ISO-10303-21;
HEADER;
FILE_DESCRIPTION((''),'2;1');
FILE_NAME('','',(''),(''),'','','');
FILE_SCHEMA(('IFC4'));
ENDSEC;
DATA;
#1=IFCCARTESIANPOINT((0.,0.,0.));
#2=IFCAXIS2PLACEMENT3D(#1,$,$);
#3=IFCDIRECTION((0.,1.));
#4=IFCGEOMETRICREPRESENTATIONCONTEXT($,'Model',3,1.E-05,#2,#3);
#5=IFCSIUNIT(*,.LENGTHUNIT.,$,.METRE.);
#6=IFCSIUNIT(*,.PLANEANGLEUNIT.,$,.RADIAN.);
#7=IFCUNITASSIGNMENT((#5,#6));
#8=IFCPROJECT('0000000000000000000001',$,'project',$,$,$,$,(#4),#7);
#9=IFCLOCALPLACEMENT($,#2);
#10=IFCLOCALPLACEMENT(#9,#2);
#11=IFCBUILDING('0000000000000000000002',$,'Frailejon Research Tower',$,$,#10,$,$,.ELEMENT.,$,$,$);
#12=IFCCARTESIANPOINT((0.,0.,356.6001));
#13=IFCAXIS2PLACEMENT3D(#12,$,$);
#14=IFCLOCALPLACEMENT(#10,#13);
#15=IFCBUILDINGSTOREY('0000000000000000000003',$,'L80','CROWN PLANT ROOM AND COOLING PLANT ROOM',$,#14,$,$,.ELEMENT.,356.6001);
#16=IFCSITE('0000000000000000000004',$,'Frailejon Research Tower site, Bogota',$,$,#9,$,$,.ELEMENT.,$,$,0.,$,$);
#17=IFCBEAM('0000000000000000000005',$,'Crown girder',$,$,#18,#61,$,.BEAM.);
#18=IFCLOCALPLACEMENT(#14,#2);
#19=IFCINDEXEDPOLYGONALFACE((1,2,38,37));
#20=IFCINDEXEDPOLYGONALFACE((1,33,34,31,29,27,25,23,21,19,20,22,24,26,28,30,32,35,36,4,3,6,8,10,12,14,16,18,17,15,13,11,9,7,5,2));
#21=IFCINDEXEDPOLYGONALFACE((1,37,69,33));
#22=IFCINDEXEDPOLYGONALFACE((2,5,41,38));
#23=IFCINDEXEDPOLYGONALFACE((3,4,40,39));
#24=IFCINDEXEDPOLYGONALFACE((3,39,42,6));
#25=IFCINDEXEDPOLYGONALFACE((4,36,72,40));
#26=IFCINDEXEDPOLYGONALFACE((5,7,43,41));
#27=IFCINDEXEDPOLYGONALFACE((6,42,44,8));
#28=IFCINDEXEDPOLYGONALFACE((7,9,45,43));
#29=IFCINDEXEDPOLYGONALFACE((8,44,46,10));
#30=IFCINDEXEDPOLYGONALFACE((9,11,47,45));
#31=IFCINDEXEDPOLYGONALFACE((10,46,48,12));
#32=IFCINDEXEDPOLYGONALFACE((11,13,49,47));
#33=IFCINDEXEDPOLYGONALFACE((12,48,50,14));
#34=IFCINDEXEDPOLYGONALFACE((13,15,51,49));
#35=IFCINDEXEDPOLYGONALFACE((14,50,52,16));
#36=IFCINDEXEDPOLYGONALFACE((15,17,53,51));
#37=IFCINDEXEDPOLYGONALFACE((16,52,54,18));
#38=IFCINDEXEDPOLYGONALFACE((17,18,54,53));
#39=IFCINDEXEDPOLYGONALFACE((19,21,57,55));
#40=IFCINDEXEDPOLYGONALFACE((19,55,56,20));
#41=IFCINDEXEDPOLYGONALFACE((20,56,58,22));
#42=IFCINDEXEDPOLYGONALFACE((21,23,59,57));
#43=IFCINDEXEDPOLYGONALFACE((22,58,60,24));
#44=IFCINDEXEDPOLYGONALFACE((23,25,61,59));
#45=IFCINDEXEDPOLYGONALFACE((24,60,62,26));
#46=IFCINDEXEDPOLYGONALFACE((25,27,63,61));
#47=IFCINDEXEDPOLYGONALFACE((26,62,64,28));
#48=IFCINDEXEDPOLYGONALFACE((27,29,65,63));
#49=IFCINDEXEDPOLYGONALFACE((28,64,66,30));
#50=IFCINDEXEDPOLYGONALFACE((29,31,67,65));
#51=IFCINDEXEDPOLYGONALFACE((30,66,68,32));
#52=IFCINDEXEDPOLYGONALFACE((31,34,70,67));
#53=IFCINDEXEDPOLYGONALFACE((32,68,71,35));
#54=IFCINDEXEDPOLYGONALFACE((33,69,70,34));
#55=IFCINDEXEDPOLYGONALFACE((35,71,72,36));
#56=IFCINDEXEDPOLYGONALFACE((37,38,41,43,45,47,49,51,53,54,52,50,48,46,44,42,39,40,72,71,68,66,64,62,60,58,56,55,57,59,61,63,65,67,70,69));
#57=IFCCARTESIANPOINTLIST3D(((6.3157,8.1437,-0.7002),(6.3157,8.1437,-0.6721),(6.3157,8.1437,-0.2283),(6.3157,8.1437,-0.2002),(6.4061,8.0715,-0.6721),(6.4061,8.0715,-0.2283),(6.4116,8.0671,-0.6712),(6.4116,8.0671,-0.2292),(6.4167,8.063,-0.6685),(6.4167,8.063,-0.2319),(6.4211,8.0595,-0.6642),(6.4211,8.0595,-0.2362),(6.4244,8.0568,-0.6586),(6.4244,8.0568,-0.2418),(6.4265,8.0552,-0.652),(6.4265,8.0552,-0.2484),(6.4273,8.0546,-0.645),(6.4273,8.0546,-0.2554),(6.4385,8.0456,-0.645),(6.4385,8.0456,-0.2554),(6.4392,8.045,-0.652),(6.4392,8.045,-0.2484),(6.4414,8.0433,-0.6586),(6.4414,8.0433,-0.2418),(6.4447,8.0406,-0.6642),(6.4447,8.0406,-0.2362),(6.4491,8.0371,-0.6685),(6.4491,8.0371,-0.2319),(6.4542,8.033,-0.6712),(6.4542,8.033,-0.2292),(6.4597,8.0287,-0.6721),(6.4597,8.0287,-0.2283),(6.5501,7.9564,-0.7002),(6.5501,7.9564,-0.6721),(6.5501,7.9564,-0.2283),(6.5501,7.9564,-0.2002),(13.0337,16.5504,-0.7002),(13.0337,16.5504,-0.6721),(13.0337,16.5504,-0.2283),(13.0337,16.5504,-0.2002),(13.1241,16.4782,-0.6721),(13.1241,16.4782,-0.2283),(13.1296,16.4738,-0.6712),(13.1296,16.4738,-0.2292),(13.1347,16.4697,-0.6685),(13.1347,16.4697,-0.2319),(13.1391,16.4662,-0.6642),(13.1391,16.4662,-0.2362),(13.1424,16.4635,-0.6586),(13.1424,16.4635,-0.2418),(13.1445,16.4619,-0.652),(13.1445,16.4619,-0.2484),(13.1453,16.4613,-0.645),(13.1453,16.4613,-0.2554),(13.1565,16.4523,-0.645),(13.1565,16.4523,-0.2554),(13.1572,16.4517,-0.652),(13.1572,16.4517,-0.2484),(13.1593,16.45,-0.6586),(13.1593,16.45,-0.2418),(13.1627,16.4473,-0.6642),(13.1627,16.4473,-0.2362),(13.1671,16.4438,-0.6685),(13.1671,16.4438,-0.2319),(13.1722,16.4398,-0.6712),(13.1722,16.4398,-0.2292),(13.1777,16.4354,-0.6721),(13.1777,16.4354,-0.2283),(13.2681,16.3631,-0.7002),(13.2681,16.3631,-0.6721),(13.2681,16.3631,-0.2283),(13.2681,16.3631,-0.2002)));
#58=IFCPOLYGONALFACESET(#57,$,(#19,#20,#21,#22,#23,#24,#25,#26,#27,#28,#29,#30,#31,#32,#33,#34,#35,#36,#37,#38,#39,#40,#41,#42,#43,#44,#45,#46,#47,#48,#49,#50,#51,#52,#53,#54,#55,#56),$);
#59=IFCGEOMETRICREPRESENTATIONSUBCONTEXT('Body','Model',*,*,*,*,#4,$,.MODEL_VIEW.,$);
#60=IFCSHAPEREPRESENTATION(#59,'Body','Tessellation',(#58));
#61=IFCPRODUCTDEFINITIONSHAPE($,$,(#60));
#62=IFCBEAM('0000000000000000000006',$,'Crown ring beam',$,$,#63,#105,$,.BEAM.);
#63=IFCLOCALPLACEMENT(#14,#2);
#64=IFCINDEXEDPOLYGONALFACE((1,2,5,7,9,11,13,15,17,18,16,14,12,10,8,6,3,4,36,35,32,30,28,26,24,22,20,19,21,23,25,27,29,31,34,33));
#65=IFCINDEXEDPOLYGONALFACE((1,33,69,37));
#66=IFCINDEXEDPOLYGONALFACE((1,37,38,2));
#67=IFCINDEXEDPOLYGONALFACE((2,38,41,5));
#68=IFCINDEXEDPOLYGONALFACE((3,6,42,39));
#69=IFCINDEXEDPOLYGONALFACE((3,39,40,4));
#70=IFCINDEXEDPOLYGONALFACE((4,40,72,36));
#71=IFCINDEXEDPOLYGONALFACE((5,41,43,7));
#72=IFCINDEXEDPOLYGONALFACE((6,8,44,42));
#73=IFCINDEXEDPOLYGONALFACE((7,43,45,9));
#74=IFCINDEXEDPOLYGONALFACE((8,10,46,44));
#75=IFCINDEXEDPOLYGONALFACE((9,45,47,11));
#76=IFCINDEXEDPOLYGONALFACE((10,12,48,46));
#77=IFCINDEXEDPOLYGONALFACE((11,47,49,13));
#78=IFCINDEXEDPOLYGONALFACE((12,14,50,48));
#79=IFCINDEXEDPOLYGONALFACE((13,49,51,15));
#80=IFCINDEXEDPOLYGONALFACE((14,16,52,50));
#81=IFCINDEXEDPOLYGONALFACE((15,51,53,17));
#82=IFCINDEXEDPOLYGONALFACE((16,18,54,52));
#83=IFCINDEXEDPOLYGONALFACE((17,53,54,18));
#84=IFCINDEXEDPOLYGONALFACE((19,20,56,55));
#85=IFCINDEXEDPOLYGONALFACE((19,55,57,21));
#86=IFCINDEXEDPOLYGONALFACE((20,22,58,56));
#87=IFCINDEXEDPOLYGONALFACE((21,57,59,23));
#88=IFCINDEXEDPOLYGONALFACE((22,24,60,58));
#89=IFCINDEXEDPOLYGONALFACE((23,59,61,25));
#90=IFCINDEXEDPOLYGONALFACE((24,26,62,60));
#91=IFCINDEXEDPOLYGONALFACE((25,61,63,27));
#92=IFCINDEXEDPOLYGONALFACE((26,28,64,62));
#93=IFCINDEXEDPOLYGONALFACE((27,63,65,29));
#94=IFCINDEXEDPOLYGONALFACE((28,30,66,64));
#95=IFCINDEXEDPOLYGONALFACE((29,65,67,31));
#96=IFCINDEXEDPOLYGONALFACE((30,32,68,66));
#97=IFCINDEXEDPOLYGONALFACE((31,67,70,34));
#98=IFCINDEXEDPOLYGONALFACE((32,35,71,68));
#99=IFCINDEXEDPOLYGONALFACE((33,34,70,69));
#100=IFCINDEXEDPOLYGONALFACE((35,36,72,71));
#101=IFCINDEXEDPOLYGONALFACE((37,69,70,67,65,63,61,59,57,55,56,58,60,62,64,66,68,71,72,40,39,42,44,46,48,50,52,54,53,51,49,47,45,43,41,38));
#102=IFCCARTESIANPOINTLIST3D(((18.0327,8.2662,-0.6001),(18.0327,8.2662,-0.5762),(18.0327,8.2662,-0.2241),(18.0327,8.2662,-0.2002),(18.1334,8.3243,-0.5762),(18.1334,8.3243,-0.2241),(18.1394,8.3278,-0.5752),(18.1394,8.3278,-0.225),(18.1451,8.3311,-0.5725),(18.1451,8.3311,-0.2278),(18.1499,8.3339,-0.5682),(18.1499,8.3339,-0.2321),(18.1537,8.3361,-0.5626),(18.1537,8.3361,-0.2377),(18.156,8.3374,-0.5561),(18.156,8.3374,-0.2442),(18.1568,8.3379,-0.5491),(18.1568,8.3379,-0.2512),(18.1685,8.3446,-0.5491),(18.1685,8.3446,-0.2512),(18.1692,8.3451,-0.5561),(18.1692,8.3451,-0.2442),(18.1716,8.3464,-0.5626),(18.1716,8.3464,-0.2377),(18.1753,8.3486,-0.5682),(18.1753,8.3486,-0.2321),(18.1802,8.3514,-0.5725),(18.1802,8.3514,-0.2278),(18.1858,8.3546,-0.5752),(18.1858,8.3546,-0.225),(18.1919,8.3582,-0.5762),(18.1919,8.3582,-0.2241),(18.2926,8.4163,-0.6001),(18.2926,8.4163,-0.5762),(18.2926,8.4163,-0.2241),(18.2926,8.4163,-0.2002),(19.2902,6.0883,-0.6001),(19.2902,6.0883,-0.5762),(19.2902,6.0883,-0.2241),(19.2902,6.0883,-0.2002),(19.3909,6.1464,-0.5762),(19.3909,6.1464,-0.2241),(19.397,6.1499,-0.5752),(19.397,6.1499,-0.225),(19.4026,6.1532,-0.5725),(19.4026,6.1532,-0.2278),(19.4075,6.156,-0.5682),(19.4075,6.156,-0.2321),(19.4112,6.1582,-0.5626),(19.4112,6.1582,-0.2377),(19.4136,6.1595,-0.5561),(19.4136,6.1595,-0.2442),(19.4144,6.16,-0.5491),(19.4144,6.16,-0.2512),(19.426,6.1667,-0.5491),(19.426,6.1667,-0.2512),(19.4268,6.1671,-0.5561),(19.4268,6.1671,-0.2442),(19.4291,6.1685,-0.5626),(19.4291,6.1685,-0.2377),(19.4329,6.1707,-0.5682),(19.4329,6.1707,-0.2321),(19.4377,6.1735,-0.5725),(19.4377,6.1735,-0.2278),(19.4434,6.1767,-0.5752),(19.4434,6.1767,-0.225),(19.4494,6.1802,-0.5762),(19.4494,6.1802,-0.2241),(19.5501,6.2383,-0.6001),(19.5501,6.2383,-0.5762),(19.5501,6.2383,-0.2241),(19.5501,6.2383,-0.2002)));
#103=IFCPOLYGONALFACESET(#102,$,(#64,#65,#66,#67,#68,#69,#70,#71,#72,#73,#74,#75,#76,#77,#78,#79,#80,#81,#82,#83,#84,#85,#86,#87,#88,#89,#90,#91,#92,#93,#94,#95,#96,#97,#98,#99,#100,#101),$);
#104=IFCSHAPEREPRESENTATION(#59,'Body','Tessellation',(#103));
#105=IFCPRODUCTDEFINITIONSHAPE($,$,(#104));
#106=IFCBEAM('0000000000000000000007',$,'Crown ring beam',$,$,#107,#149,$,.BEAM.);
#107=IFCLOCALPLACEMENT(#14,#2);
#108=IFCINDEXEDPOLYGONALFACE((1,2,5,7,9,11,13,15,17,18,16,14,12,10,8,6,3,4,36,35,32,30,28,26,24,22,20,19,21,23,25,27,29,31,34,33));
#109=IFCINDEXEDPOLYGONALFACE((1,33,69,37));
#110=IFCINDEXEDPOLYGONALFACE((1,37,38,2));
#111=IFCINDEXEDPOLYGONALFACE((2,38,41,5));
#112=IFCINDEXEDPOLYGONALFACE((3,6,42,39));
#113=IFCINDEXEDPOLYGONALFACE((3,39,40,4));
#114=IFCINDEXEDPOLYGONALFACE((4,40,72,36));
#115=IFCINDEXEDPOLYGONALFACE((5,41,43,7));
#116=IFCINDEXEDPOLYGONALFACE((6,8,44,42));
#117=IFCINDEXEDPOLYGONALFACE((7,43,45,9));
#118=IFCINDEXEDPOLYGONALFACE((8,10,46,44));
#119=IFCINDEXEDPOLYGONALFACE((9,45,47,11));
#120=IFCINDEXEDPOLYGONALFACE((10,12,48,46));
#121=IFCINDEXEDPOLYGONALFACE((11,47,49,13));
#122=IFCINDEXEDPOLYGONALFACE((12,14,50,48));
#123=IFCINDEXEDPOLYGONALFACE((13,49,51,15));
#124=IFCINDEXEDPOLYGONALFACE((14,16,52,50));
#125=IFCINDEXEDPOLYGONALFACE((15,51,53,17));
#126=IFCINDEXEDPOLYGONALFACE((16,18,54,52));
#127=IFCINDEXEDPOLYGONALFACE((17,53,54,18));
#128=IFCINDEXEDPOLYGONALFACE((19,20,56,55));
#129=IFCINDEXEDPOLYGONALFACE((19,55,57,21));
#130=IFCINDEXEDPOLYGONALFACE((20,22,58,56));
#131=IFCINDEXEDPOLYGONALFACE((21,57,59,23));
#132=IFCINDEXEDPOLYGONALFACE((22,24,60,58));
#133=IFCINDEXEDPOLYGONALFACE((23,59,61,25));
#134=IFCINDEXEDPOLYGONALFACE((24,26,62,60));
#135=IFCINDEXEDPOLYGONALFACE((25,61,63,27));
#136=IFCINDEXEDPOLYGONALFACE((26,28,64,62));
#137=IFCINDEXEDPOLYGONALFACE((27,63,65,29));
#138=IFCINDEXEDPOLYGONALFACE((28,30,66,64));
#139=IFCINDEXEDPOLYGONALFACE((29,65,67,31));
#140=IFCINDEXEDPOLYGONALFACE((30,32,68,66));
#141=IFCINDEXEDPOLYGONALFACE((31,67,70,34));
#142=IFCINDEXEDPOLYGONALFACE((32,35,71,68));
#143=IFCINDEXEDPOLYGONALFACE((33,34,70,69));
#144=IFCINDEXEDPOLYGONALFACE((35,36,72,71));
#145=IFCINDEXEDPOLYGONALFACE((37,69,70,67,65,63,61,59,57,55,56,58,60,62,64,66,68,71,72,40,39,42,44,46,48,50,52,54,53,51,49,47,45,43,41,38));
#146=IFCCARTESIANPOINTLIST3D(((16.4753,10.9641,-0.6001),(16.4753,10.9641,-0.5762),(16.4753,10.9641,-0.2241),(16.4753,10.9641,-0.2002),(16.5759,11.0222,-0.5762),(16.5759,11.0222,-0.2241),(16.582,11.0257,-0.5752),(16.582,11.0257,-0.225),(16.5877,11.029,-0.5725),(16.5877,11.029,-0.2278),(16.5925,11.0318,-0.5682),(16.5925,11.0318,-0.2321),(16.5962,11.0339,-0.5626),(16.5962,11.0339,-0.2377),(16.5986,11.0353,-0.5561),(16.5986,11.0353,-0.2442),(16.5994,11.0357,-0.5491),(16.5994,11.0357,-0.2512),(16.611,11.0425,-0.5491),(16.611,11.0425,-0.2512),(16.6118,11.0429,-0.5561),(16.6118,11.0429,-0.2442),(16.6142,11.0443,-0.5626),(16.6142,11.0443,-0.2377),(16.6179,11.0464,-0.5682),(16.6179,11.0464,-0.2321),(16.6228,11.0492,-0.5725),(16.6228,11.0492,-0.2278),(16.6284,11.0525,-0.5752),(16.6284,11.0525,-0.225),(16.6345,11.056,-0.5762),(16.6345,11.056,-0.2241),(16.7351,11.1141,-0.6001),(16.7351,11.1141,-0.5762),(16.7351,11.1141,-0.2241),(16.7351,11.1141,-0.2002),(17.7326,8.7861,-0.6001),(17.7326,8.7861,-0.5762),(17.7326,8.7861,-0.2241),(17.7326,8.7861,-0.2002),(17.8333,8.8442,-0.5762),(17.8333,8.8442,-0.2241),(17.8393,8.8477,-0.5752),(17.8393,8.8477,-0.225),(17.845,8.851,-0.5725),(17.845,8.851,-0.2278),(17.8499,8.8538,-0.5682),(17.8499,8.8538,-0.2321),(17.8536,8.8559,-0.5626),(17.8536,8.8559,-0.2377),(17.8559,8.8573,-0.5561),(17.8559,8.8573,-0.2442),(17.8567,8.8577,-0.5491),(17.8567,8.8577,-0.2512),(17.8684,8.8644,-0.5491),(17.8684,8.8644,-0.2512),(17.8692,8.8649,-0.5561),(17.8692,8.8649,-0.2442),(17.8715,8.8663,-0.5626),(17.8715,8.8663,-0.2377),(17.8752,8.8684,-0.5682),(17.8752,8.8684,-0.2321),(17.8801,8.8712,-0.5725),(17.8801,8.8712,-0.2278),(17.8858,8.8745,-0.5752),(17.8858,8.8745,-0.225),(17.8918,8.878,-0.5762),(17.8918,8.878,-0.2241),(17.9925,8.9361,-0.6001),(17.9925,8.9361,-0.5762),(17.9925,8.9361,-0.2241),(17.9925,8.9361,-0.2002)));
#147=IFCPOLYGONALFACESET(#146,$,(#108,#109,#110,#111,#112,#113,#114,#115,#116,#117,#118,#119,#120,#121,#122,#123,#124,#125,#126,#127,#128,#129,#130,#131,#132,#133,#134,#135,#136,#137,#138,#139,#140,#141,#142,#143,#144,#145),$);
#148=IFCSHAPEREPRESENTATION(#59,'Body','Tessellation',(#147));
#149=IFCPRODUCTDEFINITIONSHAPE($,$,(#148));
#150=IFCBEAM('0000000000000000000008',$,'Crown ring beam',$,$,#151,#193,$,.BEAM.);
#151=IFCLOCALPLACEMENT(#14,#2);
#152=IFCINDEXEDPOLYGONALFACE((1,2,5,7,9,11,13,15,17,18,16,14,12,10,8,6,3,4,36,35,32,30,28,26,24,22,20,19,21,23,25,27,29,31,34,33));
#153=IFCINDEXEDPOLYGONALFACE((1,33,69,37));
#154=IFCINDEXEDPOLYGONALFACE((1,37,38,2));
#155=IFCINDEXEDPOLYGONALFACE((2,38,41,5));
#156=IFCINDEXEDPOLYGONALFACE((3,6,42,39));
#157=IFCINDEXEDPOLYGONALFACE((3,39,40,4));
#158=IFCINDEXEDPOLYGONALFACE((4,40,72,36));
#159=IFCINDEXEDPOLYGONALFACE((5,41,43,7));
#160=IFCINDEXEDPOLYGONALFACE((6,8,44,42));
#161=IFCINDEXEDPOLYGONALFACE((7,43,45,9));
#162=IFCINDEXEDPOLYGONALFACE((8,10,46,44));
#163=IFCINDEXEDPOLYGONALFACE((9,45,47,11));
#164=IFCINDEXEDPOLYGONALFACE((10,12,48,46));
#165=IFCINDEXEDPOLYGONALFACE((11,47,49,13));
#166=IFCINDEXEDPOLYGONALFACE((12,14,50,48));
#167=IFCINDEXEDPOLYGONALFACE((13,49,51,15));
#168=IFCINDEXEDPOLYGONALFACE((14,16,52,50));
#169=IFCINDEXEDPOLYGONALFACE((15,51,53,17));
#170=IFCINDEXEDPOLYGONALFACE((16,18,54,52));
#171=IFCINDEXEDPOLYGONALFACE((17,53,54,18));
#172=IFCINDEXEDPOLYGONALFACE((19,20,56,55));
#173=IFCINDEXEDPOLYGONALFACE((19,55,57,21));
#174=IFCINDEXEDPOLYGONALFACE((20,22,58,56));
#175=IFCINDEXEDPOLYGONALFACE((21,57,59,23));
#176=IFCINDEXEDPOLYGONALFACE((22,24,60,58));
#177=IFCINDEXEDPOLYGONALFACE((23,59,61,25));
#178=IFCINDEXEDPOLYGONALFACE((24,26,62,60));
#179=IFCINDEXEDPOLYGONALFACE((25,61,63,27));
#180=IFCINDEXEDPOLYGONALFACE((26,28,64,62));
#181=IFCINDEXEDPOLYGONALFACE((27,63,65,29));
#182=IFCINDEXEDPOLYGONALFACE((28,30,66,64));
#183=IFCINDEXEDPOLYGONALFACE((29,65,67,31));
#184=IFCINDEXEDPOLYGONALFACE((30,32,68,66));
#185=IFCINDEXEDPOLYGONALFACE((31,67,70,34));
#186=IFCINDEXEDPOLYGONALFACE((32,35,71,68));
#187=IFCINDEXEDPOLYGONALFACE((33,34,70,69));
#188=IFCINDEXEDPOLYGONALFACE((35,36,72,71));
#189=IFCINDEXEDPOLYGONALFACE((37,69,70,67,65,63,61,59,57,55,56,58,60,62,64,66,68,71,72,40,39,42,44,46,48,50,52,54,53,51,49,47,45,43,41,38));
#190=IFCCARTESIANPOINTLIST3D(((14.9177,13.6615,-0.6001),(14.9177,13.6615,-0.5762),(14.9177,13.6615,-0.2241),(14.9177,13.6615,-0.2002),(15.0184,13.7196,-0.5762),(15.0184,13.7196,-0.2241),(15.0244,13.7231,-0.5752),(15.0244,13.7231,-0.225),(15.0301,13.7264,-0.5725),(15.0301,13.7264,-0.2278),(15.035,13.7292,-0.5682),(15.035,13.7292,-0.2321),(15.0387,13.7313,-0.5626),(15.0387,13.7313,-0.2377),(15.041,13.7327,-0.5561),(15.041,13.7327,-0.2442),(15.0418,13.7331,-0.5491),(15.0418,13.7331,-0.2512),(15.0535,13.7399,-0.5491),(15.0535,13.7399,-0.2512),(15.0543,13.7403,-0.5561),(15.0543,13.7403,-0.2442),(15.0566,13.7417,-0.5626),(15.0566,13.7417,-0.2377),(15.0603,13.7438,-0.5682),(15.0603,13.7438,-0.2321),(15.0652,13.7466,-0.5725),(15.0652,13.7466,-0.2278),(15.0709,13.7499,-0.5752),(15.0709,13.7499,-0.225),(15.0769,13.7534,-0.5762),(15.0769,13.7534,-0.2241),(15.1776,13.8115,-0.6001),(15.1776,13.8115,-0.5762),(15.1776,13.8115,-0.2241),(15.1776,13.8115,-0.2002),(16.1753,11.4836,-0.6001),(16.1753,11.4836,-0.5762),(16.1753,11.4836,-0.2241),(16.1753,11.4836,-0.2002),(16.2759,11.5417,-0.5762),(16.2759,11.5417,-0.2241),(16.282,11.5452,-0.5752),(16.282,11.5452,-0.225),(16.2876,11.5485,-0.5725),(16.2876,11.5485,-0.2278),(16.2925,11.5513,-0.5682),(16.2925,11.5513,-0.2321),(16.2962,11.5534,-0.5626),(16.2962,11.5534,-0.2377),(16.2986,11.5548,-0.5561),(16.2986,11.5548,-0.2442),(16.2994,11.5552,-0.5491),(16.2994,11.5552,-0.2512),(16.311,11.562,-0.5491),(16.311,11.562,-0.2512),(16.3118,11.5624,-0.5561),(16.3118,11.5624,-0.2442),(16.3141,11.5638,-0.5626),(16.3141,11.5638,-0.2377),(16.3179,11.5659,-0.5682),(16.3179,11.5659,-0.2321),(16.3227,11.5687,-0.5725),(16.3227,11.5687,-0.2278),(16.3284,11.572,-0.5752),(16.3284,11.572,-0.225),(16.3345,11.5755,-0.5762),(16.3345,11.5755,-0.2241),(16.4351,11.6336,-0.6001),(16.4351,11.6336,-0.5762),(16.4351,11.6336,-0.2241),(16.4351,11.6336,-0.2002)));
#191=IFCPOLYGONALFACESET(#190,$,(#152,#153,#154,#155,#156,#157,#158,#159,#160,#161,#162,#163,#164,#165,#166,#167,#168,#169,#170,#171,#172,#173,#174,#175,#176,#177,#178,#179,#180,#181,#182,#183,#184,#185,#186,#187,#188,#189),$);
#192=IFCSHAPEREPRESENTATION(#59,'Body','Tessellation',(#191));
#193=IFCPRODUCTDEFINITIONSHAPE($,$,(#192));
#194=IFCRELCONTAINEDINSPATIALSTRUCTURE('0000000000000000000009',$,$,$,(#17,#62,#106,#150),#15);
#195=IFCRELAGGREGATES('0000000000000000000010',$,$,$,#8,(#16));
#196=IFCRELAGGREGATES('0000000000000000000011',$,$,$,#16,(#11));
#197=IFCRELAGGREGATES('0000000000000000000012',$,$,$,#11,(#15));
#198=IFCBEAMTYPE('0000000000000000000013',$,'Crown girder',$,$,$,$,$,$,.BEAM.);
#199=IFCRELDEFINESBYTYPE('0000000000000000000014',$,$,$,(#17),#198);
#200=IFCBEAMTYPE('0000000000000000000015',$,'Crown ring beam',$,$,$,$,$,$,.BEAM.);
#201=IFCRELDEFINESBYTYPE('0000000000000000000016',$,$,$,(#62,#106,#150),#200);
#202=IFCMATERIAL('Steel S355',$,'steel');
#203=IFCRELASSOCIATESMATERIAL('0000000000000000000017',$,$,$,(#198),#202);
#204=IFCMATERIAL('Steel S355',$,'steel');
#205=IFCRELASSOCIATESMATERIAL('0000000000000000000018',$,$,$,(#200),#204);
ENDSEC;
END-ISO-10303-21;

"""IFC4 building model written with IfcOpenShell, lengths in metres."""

from ifc_helpers import new_model, si_unit, direction, frame, origin, origin_2d, place, context, subcontext, project, spatial, i_section, extrude, material, material_profile, profile_set, type_object, element, save


model = new_model("IFC4")

# Units and contexts
model_context = context("Model", 3, precision=1e-05, world=origin(), true_north=direction((0.0, 1.0)))
body_context = subcontext(model_context, "Body", "Model", "MODEL_VIEW")
ifc_project = project(units=[si_unit("LENGTHUNIT", "METRE"), si_unit("PLANEANGLEUNIT", "RADIAN")], contexts=[model_context])

# Site, building, storey
site_placement = place(None, origin())
site = spatial("IfcSite", under=ifc_project, at=site_placement, Name="Frailejon Research Tower site, Bogota", CompositionType="ELEMENT", RefElevation=0.0)
building_placement = place(site_placement, origin())
building = spatial("IfcBuilding", under=site, at=building_placement, Name="Frailejon Research Tower", CompositionType="ELEMENT")
storey_placement = place(building_placement, frame((0.0, 0.0, 356.6001)))
storey = spatial("IfcBuildingStorey", under=building, at=storey_placement, Name="L80", Description="CROWN PLANT ROOM AND COOLING PLANT ROOM", CompositionType="ELEMENT", Elevation=356.6001)

# Beams
ifc_material_1 = material(Name="Steel S355", Category="steel")
ifc_material_profile_1 = material_profile(ifc_material_1, i_section(OverallWidth=0.3, OverallDepth=0.5, WebThickness=0.0144, FlangeThickness=0.0281, FilletRadius=0.0271, at=origin_2d()), Name="HE 500 B")
ifc_profile_set_1 = profile_set([ifc_material_profile_1], Name="Steel S355")
beam_type_1 = type_object("IfcBeamType", Name="Crown girder", PredefinedType="BEAM", material=ifc_profile_set_1)
beam_1_placement = place(storey_placement, frame((13.1509, 16.4568, -0.4502), z_axis=(-0.624277, -0.781203, 0.0), x_axis=(0.781203, -0.624277, 0.0)))
element("IfcBeam", 1, at=beam_1_placement, inside=storey, type_object=beam_type_1, Name="Crown girder", PredefinedType="BEAM", context=body_context, shape_type="SweptSolid", body=[
    extrude(i_section(OverallWidth=0.3, OverallDepth=0.5, WebThickness=0.0144, FlangeThickness=0.0281, FilletRadius=0.0271, at=origin_2d()), origin(), (0.0, 0.0, 1.0), 10.7612),
])
ifc_material_2 = material(Name="Steel S355", Category="steel")
ifc_material_profile_2 = material_profile(ifc_material_2, i_section(OverallWidth=0.3, OverallDepth=0.3999, WebThickness=0.0134, FlangeThickness=0.0239, FilletRadius=0.0271, at=origin_2d()), Name="HE 400 B")
ifc_profile_set_2 = profile_set([ifc_material_profile_2], Name="Steel S355")
beam_type_2 = type_object("IfcBeamType", Name="Crown ring beam", PredefinedType="BEAM", material=ifc_profile_set_2)
for number, where, z_axis, x_axis, name in (
    (2, (19.4202, 6.1633, -0.4001), (-0.500033, 0.866006, 0.0), (-0.866006, -0.500033, 0.0), "Crown ring beam"),
    (3, (17.8625, 8.8611, -0.4001), (-0.499961, 0.866048, 0.0), (-0.866048, -0.499961, 0.0), "Crown ring beam"),
    (4, (16.3052, 11.5586, -0.4001), (-0.500033, 0.866006, 0.0), (-0.866006, -0.500033, 0.0), "Crown ring beam"),
):
    element("IfcBeam", number, at=place(storey_placement, frame(where, z_axis=z_axis, x_axis=x_axis)), inside=storey, type_object=beam_type_2, Name=name, PredefinedType="BEAM", context=body_context, shape_type="SweptSolid", body=[
        extrude(i_section(OverallWidth=0.3, OverallDepth=0.3999, WebThickness=0.0134, FlangeThickness=0.0239, FilletRadius=0.0271, at=origin_2d()), origin(), (0.0, 0.0, 1.0), 2.5149),
    ])

save(model, "model.ifc")
